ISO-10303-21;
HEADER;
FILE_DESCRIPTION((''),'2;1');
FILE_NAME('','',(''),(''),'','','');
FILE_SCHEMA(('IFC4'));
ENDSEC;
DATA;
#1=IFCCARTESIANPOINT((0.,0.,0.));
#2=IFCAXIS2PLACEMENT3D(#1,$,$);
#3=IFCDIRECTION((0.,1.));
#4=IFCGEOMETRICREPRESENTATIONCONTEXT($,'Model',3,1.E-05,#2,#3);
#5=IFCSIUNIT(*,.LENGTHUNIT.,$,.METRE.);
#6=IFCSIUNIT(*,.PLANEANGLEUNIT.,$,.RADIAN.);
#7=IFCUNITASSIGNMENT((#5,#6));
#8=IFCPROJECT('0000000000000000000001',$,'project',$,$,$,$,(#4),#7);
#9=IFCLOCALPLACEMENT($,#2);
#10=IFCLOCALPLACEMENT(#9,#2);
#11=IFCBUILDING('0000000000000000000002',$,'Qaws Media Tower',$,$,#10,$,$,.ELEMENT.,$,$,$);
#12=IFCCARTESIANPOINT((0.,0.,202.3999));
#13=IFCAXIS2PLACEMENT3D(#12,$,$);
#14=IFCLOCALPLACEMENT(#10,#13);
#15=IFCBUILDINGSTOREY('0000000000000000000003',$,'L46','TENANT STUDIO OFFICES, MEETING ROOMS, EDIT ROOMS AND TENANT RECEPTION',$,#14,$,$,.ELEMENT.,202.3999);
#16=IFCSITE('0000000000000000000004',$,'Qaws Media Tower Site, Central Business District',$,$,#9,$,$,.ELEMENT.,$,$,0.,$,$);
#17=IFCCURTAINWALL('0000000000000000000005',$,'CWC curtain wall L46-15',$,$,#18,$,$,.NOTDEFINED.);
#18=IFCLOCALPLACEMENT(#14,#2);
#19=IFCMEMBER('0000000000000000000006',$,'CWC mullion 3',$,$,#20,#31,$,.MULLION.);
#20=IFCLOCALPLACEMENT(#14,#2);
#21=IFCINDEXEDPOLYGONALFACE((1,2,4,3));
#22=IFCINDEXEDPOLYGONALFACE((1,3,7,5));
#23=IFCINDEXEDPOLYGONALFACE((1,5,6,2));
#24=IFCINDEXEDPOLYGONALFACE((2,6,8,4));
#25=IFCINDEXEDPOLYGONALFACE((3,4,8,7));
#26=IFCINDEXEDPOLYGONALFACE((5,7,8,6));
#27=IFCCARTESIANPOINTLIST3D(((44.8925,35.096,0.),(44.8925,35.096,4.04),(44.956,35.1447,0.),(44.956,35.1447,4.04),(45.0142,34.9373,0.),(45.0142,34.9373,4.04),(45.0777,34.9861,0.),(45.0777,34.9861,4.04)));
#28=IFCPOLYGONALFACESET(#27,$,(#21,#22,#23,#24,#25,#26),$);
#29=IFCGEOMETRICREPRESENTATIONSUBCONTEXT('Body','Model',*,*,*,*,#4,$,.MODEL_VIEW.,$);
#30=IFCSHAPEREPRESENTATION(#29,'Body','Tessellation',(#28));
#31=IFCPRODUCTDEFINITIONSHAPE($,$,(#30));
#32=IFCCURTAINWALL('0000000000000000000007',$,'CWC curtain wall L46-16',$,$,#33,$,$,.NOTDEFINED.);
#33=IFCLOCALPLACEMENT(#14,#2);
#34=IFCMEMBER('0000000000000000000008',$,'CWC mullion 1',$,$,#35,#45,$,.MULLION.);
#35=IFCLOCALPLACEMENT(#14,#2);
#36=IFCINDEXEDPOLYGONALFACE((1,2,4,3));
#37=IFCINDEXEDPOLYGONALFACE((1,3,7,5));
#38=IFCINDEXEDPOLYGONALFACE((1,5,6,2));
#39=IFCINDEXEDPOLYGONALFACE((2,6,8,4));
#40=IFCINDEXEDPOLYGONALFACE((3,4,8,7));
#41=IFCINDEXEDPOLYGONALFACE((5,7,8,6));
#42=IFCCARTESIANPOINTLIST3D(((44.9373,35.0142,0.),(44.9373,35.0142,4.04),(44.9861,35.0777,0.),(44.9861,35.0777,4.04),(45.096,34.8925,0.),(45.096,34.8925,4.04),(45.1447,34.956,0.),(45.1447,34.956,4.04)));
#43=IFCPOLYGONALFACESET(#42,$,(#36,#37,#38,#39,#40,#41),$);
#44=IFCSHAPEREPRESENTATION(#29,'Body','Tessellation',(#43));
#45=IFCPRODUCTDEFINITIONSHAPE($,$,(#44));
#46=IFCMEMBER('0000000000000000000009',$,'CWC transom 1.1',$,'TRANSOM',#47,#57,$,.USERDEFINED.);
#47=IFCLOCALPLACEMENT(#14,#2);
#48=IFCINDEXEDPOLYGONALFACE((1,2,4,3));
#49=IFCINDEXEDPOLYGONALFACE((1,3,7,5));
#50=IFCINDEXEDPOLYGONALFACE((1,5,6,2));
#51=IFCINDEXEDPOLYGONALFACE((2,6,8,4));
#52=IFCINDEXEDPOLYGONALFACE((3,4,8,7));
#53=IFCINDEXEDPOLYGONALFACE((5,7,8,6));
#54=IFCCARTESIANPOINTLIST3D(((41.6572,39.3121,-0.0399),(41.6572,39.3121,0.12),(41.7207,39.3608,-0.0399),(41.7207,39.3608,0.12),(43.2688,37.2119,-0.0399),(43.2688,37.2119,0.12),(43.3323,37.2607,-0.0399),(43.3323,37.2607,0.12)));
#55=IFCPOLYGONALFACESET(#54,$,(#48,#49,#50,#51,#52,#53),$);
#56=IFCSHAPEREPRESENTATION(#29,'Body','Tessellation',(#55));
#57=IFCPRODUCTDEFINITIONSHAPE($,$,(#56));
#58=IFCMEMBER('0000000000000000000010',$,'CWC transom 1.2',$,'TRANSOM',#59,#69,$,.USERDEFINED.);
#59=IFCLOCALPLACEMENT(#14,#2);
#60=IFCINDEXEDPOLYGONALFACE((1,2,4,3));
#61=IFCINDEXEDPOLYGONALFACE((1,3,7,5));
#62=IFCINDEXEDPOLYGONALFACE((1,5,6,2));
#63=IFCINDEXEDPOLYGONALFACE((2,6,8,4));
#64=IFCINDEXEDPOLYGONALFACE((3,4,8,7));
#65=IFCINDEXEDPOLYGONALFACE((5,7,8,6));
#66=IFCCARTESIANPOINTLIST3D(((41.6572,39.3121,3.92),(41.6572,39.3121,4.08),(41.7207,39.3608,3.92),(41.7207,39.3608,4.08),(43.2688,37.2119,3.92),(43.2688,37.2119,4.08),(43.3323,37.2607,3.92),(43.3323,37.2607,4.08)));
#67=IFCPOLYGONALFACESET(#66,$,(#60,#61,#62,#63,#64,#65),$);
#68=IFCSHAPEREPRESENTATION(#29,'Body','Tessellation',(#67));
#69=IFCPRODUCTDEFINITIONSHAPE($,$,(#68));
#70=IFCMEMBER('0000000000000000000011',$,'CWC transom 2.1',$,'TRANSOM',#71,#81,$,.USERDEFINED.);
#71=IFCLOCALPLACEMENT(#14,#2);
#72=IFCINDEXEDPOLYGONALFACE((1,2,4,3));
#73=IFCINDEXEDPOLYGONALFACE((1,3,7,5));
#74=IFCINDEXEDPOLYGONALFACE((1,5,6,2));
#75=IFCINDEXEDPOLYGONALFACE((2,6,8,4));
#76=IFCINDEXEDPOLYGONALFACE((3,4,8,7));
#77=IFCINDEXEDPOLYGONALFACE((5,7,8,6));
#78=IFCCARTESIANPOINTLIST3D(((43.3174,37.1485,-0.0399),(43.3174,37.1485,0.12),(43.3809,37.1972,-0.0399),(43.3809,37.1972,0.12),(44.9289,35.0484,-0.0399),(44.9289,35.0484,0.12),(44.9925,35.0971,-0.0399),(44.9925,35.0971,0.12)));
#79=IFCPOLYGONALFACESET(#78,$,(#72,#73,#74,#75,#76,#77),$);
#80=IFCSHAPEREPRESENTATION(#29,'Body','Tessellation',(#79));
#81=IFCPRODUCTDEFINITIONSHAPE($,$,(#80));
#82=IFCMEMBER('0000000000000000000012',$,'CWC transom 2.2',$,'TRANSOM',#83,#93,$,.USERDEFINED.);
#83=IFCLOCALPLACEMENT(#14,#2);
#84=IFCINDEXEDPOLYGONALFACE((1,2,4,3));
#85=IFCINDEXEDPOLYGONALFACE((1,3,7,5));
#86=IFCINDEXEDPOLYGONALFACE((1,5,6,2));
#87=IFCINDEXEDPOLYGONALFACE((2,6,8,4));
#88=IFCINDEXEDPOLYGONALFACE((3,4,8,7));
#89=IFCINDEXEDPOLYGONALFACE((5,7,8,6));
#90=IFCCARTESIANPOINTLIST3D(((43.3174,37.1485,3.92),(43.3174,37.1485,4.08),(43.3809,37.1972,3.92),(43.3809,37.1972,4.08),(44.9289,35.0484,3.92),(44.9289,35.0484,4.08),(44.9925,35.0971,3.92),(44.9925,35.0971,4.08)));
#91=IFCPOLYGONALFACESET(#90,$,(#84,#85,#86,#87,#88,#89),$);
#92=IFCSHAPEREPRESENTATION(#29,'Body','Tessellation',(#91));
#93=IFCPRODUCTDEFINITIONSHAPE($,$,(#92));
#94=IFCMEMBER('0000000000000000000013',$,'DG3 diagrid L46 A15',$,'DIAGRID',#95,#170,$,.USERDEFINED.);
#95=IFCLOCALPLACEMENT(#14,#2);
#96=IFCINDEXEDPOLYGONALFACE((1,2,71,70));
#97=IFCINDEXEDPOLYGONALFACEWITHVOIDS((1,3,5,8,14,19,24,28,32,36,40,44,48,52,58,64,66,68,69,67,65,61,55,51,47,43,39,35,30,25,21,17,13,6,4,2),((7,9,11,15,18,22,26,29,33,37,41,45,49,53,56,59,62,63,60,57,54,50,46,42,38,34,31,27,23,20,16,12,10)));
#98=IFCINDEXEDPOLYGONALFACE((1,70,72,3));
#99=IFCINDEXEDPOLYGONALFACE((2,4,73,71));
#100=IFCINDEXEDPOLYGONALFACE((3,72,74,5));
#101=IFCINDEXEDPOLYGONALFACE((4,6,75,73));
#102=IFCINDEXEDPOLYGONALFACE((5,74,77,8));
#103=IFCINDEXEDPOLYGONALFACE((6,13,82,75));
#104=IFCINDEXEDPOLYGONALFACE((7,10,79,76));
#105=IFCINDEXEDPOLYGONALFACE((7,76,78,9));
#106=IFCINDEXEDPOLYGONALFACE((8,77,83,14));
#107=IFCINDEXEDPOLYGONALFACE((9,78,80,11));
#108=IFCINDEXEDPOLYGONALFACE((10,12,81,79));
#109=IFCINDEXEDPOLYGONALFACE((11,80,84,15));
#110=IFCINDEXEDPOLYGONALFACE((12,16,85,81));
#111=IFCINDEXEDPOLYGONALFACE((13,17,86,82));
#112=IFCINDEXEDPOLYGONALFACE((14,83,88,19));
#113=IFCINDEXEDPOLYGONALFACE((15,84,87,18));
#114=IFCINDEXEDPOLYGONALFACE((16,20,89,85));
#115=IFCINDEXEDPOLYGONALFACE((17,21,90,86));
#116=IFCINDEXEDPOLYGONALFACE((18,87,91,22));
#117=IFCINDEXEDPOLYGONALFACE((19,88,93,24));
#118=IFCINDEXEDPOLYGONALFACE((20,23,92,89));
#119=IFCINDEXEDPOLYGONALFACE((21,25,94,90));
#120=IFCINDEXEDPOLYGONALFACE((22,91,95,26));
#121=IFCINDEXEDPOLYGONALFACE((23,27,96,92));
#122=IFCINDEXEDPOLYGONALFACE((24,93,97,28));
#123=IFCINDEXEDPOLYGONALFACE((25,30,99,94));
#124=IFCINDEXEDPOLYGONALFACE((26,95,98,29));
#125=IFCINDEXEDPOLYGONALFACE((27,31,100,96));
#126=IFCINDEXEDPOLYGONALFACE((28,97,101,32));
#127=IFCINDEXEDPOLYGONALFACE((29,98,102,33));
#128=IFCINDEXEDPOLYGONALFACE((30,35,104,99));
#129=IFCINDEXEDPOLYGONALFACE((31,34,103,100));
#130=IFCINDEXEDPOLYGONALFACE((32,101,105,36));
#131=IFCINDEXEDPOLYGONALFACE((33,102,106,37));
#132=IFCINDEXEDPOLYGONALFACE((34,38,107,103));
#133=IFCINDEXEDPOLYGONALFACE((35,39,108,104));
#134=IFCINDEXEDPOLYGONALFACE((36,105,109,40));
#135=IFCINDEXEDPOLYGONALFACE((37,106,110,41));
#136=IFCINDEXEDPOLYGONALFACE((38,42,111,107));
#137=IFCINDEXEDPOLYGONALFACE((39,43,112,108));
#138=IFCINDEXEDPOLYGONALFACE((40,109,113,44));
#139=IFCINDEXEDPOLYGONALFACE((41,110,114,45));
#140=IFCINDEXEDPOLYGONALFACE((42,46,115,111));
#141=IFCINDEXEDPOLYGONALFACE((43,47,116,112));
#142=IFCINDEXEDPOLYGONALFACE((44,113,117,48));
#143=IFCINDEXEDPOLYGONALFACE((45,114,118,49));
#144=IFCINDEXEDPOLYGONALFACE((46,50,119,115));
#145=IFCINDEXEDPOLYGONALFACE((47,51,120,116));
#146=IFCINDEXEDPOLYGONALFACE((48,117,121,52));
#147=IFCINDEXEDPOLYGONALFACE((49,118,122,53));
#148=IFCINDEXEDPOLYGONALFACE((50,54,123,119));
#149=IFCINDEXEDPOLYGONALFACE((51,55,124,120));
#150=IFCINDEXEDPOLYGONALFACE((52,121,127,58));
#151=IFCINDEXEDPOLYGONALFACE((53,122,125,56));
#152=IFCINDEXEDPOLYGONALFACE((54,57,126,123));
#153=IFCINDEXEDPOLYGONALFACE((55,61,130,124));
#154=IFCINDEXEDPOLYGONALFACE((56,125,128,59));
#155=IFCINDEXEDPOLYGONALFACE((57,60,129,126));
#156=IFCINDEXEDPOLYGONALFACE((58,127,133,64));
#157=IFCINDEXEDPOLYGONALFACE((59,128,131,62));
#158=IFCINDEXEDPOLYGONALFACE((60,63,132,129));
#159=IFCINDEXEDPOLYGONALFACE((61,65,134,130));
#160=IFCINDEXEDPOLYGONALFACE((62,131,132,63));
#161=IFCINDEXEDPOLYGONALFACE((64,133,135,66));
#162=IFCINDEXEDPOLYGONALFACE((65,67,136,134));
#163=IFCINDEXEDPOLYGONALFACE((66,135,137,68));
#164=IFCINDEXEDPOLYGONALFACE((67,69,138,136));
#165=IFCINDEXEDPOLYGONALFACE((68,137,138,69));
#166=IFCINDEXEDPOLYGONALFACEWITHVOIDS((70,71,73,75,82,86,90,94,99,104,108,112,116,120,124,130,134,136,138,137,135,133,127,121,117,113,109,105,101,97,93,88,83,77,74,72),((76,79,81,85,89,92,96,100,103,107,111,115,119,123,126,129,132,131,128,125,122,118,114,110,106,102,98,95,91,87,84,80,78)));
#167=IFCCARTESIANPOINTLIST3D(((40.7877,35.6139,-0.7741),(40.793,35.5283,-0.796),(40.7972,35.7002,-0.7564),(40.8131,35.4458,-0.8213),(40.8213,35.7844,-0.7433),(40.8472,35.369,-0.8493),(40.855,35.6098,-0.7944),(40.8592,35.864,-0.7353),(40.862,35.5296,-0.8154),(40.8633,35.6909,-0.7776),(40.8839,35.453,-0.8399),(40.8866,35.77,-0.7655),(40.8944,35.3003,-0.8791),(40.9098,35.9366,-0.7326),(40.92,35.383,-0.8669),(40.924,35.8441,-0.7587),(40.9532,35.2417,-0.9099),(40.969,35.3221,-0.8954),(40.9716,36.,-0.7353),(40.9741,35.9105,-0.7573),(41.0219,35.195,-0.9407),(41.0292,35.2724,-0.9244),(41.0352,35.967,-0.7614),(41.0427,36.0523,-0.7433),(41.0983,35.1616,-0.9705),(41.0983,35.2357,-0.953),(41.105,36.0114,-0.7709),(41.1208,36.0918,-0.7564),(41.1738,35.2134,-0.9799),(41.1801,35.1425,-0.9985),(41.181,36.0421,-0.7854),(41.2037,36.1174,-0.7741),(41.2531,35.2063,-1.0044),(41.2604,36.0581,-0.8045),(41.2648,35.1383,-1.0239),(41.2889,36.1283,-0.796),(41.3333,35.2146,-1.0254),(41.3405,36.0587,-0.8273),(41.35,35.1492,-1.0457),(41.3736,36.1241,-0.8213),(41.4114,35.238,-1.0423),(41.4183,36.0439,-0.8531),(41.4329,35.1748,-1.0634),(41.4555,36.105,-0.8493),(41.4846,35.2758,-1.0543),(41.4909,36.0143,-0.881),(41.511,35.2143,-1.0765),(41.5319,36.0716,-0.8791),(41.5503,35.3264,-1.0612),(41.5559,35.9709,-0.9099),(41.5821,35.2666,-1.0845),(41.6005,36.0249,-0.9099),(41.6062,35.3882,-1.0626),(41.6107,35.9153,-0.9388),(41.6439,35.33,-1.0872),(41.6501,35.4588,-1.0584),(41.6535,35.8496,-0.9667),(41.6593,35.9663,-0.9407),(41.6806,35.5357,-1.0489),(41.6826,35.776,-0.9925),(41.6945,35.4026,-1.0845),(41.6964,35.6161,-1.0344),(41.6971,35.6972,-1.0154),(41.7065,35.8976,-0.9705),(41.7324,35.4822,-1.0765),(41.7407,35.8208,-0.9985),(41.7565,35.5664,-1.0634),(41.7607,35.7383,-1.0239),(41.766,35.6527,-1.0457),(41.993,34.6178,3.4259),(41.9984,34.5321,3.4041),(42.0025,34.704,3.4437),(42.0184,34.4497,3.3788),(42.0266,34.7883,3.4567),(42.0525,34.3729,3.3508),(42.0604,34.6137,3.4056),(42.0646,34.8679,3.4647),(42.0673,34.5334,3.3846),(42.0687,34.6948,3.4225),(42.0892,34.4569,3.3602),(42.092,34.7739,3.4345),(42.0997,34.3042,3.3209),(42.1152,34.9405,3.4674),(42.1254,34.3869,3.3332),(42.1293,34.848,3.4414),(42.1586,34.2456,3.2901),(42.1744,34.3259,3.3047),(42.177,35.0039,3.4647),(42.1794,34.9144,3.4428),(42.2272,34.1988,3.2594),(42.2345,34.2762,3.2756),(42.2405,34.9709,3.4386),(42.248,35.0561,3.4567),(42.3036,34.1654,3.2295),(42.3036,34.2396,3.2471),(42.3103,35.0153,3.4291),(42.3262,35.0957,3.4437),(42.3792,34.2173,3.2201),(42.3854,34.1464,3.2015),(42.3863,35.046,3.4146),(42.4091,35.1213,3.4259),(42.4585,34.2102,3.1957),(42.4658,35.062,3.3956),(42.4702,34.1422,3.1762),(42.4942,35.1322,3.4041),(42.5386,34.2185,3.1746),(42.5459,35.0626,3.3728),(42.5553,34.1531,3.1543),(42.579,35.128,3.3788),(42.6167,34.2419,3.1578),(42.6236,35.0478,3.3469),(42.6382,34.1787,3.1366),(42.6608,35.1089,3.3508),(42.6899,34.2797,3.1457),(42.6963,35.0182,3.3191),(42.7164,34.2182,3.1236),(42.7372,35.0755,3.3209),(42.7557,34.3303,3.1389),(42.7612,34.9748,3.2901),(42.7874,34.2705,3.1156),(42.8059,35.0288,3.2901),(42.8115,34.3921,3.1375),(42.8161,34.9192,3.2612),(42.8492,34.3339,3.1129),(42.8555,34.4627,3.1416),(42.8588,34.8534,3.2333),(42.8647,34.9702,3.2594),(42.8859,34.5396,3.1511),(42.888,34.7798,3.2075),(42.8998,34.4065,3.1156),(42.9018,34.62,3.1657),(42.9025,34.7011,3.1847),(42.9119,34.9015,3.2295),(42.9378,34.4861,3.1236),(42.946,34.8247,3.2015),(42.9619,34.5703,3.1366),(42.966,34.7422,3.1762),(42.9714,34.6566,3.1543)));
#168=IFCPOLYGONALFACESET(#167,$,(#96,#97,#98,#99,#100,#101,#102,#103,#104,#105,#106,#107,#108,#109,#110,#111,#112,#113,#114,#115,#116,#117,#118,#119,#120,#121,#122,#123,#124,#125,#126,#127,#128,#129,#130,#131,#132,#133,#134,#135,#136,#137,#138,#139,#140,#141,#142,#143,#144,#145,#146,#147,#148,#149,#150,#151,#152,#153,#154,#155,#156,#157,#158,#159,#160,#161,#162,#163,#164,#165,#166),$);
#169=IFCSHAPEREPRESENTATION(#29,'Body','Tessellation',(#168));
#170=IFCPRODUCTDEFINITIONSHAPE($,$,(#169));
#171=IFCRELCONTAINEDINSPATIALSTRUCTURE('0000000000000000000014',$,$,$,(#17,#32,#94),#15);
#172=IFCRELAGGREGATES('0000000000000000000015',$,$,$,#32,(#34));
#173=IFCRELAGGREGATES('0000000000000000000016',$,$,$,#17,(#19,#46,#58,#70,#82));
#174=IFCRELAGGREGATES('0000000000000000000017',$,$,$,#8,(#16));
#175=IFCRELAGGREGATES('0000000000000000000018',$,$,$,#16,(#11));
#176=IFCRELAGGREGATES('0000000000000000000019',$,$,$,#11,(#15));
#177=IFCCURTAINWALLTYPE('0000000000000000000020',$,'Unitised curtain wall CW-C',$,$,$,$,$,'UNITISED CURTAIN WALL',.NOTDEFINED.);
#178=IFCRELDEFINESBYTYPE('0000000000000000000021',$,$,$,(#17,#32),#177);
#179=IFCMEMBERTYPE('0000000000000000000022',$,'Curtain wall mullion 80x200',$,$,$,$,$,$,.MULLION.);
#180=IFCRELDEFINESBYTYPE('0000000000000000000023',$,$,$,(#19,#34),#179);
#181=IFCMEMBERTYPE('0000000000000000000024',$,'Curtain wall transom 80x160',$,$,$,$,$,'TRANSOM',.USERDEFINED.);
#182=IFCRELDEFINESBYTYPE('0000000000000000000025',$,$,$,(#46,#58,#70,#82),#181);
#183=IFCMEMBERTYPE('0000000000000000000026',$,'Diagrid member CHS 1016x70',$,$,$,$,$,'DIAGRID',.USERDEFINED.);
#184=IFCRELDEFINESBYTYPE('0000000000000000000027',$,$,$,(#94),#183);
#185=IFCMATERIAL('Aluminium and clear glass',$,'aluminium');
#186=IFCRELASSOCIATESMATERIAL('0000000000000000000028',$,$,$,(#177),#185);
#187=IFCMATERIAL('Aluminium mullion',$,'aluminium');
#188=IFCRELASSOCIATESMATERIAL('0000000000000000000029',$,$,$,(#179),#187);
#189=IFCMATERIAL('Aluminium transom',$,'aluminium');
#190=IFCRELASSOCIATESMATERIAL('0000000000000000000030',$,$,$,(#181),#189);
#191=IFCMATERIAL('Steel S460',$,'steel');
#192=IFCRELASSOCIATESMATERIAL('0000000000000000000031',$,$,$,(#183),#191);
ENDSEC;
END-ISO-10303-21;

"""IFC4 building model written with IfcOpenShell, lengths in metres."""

from ifc_helpers import new_model, si_unit, direction, frame, origin, origin_2d, place, context, subcontext, project, spatial, rectangle, hollow_circle, extrude, material, material_profile, profile_set, type_object, element, aggregate, save


model = new_model("IFC4")

# Units and contexts
model_context = context("Model", 3, precision=1e-05, world=origin(), true_north=direction((0.0, 1.0)))
body_context = subcontext(model_context, "Body", "Model", "MODEL_VIEW")
ifc_project = project(units=[si_unit("LENGTHUNIT", "METRE"), si_unit("PLANEANGLEUNIT", "RADIAN")], contexts=[model_context])

# Site, building, storey
site_placement = place(None, origin())
site = spatial("IfcSite", under=ifc_project, at=site_placement, Name="Qaws Media Tower Site, Central Business District", CompositionType="ELEMENT", RefElevation=0.0)
building_placement = place(site_placement, origin())
building = spatial("IfcBuilding", under=site, at=building_placement, Name="Qaws Media Tower", CompositionType="ELEMENT")
storey_placement = place(building_placement, frame((0.0, 0.0, 202.3999)))
storey = spatial("IfcBuildingStorey", under=building, at=storey_placement, Name="L46", Description="TENANT STUDIO OFFICES, MEETING ROOMS, EDIT ROOMS AND TENANT RECEPTION", CompositionType="ELEMENT", Elevation=202.3999)

# Shared definitions
ifc_material_1 = material(Name="Aluminium and clear glass", Category="aluminium")
curtain_wall_type = type_object("IfcCurtainWallType", Name="Unitised curtain wall CW-C", ElementType="UNITISED CURTAIN WALL", PredefinedType="NOTDEFINED", material=ifc_material_1)
ifc_material_2 = material(Name="Aluminium mullion", Category="aluminium")
ifc_material_profile_1 = material_profile(ifc_material_2, rectangle(XDim=0.0801, YDim=0.2, at=origin_2d()), Name="80x200")
ifc_profile_set_1 = profile_set([ifc_material_profile_1], Name="Aluminium mullion")
member_type_1 = type_object("IfcMemberType", Name="Curtain wall mullion 80x200", PredefinedType="MULLION", material=ifc_profile_set_1)

# Curtain wall, member
curtain_wall_1_placement = place(storey_placement, origin())
curtain_wall_1 = element("IfcCurtainWall", 1, at=curtain_wall_1_placement, inside=storey, type_object=curtain_wall_type, Name="CWC curtain wall L46-15", PredefinedType="NOTDEFINED")
member_1_placement = place(storey_placement, frame((44.9851, 35.041, 0.0), z_axis=(0.0, 0.0, 1.0), x_axis=(0.793353, 0.608761, 0.0)))
member_1 = element("IfcMember", 2, at=member_1_placement, type_object=member_type_1, Name="CWC mullion 3", PredefinedType="MULLION", context=body_context, shape_type="SweptSolid", body=[
    extrude(rectangle(XDim=0.0801, YDim=0.2, at=origin_2d()), origin(), (0.0, 0.0, 1.0), 4.04),
])

# Curtain wall, member
curtain_wall_2_placement = place(storey_placement, origin())
curtain_wall_2 = element("IfcCurtainWall", 3, at=curtain_wall_2_placement, inside=storey, type_object=curtain_wall_type, Name="CWC curtain wall L46-16", PredefinedType="NOTDEFINED")
member_2_placement = place(storey_placement, frame((45.041, 34.9851, 0.0), z_axis=(0.0, 0.0, 1.0), x_axis=(0.608761, 0.793353, 0.0)))
member_2 = element("IfcMember", 4, at=member_2_placement, type_object=member_type_1, Name="CWC mullion 1", PredefinedType="MULLION", context=body_context, shape_type="SweptSolid", body=[
    extrude(rectangle(XDim=0.0801, YDim=0.2, at=origin_2d()), origin(), (0.0, 0.0, 1.0), 4.04),
])
aggregate(curtain_wall_2, [member_2])

# Members
ifc_material_3 = material(Name="Aluminium transom", Category="aluminium")
ifc_material_profile_2 = material_profile(ifc_material_3, rectangle(XDim=0.0801, YDim=0.1599, at=origin_2d()), Name="80x160")
ifc_profile_set_2 = profile_set([ifc_material_profile_2], Name="Aluminium transom")
member_type_2 = type_object("IfcMemberType", Name="Curtain wall transom 80x160", ElementType="TRANSOM", PredefinedType="USERDEFINED", material=ifc_profile_set_2)
member_3_placement = place(storey_placement, frame((41.689, 39.3364, 0.04), z_axis=(0.608788, -0.793333, 0.0), x_axis=(0.793333, 0.608788, 0.0)))
member_3 = element("IfcMember", 5, at=member_3_placement, type_object=member_type_2, Name="CWC transom 1.1", ObjectType="TRANSOM", PredefinedType="USERDEFINED", context=body_context, shape_type="SweptSolid", body=[
    extrude(rectangle(XDim=0.0801, YDim=0.1599, at=origin_2d()), origin(), (0.0, 0.0, 1.0), 2.6472),
])
member_4_placement = place(storey_placement, frame((41.689, 39.3364, 4.0), z_axis=(0.608788, -0.793333, 0.0), x_axis=(0.793333, 0.608788, 0.0)))
member_4 = element("IfcMember", 6, at=member_4_placement, type_object=member_type_2, Name="CWC transom 1.2", ObjectType="TRANSOM", PredefinedType="USERDEFINED", context=body_context, shape_type="SweptSolid", body=[
    extrude(rectangle(XDim=0.0801, YDim=0.1599, at=origin_2d()), origin(), (0.0, 0.0, 1.0), 2.6472),
])
member_5_placement = place(storey_placement, frame((43.3491, 37.1729, 0.04), z_axis=(0.608788, -0.793333, 0.0), x_axis=(0.793333, 0.608788, 0.0)))
member_5 = element("IfcMember", 7, at=member_5_placement, type_object=member_type_2, Name="CWC transom 2.1", ObjectType="TRANSOM", PredefinedType="USERDEFINED", context=body_context, shape_type="SweptSolid", body=[
    extrude(rectangle(XDim=0.0801, YDim=0.1599, at=origin_2d()), origin(), (0.0, 0.0, 1.0), 2.6472),
])
member_6_placement = place(storey_placement, frame((43.3491, 37.1729, 4.0), z_axis=(0.608788, -0.793333, 0.0), x_axis=(0.793333, 0.608788, 0.0)))
member_6 = element("IfcMember", 8, at=member_6_placement, type_object=member_type_2, Name="CWC transom 2.2", ObjectType="TRANSOM", PredefinedType="USERDEFINED", context=body_context, shape_type="SweptSolid", body=[
    extrude(rectangle(XDim=0.0801, YDim=0.1599, at=origin_2d()), origin(), (0.0, 0.0, 1.0), 2.6472),
])

# Member
ifc_material_4 = material(Name="Steel S460", Category="steel")
ifc_material_profile_3 = material_profile(ifc_material_4, hollow_circle(Radius=0.5081, WallThickness=0.0701, at=origin_2d()), Name="CHS 1016x70")
ifc_profile_set_3 = profile_set([ifc_material_profile_3], Name="Steel S460")
member_type_3 = type_object("IfcMemberType", Name="Diagrid member CHS 1016x70", ElementType="DIAGRID", PredefinedType="USERDEFINED", material=ifc_profile_set_3)
member_7_placement = place(storey_placement, frame((41.2769, 35.6333, -0.9099), z_axis=(0.26895, -0.222264, 0.937158), x_axis=(0.637031, 0.770838, 0.0)))
element("IfcMember", 9, at=member_7_placement, inside=storey, type_object=member_type_3, Name="DG3 diagrid L46 A15", ObjectType="DIAGRID", PredefinedType="USERDEFINED", context=body_context, shape_type="SweptSolid", body=[
    extrude(hollow_circle(Radius=0.5081, WallThickness=0.0701, at=origin_2d()), origin(), (0.0, 0.0, 1.0), 4.4817),
])

aggregate(curtain_wall_1, [member_1, member_3, member_4, member_5, member_6])

save(model, "model.ifc")
